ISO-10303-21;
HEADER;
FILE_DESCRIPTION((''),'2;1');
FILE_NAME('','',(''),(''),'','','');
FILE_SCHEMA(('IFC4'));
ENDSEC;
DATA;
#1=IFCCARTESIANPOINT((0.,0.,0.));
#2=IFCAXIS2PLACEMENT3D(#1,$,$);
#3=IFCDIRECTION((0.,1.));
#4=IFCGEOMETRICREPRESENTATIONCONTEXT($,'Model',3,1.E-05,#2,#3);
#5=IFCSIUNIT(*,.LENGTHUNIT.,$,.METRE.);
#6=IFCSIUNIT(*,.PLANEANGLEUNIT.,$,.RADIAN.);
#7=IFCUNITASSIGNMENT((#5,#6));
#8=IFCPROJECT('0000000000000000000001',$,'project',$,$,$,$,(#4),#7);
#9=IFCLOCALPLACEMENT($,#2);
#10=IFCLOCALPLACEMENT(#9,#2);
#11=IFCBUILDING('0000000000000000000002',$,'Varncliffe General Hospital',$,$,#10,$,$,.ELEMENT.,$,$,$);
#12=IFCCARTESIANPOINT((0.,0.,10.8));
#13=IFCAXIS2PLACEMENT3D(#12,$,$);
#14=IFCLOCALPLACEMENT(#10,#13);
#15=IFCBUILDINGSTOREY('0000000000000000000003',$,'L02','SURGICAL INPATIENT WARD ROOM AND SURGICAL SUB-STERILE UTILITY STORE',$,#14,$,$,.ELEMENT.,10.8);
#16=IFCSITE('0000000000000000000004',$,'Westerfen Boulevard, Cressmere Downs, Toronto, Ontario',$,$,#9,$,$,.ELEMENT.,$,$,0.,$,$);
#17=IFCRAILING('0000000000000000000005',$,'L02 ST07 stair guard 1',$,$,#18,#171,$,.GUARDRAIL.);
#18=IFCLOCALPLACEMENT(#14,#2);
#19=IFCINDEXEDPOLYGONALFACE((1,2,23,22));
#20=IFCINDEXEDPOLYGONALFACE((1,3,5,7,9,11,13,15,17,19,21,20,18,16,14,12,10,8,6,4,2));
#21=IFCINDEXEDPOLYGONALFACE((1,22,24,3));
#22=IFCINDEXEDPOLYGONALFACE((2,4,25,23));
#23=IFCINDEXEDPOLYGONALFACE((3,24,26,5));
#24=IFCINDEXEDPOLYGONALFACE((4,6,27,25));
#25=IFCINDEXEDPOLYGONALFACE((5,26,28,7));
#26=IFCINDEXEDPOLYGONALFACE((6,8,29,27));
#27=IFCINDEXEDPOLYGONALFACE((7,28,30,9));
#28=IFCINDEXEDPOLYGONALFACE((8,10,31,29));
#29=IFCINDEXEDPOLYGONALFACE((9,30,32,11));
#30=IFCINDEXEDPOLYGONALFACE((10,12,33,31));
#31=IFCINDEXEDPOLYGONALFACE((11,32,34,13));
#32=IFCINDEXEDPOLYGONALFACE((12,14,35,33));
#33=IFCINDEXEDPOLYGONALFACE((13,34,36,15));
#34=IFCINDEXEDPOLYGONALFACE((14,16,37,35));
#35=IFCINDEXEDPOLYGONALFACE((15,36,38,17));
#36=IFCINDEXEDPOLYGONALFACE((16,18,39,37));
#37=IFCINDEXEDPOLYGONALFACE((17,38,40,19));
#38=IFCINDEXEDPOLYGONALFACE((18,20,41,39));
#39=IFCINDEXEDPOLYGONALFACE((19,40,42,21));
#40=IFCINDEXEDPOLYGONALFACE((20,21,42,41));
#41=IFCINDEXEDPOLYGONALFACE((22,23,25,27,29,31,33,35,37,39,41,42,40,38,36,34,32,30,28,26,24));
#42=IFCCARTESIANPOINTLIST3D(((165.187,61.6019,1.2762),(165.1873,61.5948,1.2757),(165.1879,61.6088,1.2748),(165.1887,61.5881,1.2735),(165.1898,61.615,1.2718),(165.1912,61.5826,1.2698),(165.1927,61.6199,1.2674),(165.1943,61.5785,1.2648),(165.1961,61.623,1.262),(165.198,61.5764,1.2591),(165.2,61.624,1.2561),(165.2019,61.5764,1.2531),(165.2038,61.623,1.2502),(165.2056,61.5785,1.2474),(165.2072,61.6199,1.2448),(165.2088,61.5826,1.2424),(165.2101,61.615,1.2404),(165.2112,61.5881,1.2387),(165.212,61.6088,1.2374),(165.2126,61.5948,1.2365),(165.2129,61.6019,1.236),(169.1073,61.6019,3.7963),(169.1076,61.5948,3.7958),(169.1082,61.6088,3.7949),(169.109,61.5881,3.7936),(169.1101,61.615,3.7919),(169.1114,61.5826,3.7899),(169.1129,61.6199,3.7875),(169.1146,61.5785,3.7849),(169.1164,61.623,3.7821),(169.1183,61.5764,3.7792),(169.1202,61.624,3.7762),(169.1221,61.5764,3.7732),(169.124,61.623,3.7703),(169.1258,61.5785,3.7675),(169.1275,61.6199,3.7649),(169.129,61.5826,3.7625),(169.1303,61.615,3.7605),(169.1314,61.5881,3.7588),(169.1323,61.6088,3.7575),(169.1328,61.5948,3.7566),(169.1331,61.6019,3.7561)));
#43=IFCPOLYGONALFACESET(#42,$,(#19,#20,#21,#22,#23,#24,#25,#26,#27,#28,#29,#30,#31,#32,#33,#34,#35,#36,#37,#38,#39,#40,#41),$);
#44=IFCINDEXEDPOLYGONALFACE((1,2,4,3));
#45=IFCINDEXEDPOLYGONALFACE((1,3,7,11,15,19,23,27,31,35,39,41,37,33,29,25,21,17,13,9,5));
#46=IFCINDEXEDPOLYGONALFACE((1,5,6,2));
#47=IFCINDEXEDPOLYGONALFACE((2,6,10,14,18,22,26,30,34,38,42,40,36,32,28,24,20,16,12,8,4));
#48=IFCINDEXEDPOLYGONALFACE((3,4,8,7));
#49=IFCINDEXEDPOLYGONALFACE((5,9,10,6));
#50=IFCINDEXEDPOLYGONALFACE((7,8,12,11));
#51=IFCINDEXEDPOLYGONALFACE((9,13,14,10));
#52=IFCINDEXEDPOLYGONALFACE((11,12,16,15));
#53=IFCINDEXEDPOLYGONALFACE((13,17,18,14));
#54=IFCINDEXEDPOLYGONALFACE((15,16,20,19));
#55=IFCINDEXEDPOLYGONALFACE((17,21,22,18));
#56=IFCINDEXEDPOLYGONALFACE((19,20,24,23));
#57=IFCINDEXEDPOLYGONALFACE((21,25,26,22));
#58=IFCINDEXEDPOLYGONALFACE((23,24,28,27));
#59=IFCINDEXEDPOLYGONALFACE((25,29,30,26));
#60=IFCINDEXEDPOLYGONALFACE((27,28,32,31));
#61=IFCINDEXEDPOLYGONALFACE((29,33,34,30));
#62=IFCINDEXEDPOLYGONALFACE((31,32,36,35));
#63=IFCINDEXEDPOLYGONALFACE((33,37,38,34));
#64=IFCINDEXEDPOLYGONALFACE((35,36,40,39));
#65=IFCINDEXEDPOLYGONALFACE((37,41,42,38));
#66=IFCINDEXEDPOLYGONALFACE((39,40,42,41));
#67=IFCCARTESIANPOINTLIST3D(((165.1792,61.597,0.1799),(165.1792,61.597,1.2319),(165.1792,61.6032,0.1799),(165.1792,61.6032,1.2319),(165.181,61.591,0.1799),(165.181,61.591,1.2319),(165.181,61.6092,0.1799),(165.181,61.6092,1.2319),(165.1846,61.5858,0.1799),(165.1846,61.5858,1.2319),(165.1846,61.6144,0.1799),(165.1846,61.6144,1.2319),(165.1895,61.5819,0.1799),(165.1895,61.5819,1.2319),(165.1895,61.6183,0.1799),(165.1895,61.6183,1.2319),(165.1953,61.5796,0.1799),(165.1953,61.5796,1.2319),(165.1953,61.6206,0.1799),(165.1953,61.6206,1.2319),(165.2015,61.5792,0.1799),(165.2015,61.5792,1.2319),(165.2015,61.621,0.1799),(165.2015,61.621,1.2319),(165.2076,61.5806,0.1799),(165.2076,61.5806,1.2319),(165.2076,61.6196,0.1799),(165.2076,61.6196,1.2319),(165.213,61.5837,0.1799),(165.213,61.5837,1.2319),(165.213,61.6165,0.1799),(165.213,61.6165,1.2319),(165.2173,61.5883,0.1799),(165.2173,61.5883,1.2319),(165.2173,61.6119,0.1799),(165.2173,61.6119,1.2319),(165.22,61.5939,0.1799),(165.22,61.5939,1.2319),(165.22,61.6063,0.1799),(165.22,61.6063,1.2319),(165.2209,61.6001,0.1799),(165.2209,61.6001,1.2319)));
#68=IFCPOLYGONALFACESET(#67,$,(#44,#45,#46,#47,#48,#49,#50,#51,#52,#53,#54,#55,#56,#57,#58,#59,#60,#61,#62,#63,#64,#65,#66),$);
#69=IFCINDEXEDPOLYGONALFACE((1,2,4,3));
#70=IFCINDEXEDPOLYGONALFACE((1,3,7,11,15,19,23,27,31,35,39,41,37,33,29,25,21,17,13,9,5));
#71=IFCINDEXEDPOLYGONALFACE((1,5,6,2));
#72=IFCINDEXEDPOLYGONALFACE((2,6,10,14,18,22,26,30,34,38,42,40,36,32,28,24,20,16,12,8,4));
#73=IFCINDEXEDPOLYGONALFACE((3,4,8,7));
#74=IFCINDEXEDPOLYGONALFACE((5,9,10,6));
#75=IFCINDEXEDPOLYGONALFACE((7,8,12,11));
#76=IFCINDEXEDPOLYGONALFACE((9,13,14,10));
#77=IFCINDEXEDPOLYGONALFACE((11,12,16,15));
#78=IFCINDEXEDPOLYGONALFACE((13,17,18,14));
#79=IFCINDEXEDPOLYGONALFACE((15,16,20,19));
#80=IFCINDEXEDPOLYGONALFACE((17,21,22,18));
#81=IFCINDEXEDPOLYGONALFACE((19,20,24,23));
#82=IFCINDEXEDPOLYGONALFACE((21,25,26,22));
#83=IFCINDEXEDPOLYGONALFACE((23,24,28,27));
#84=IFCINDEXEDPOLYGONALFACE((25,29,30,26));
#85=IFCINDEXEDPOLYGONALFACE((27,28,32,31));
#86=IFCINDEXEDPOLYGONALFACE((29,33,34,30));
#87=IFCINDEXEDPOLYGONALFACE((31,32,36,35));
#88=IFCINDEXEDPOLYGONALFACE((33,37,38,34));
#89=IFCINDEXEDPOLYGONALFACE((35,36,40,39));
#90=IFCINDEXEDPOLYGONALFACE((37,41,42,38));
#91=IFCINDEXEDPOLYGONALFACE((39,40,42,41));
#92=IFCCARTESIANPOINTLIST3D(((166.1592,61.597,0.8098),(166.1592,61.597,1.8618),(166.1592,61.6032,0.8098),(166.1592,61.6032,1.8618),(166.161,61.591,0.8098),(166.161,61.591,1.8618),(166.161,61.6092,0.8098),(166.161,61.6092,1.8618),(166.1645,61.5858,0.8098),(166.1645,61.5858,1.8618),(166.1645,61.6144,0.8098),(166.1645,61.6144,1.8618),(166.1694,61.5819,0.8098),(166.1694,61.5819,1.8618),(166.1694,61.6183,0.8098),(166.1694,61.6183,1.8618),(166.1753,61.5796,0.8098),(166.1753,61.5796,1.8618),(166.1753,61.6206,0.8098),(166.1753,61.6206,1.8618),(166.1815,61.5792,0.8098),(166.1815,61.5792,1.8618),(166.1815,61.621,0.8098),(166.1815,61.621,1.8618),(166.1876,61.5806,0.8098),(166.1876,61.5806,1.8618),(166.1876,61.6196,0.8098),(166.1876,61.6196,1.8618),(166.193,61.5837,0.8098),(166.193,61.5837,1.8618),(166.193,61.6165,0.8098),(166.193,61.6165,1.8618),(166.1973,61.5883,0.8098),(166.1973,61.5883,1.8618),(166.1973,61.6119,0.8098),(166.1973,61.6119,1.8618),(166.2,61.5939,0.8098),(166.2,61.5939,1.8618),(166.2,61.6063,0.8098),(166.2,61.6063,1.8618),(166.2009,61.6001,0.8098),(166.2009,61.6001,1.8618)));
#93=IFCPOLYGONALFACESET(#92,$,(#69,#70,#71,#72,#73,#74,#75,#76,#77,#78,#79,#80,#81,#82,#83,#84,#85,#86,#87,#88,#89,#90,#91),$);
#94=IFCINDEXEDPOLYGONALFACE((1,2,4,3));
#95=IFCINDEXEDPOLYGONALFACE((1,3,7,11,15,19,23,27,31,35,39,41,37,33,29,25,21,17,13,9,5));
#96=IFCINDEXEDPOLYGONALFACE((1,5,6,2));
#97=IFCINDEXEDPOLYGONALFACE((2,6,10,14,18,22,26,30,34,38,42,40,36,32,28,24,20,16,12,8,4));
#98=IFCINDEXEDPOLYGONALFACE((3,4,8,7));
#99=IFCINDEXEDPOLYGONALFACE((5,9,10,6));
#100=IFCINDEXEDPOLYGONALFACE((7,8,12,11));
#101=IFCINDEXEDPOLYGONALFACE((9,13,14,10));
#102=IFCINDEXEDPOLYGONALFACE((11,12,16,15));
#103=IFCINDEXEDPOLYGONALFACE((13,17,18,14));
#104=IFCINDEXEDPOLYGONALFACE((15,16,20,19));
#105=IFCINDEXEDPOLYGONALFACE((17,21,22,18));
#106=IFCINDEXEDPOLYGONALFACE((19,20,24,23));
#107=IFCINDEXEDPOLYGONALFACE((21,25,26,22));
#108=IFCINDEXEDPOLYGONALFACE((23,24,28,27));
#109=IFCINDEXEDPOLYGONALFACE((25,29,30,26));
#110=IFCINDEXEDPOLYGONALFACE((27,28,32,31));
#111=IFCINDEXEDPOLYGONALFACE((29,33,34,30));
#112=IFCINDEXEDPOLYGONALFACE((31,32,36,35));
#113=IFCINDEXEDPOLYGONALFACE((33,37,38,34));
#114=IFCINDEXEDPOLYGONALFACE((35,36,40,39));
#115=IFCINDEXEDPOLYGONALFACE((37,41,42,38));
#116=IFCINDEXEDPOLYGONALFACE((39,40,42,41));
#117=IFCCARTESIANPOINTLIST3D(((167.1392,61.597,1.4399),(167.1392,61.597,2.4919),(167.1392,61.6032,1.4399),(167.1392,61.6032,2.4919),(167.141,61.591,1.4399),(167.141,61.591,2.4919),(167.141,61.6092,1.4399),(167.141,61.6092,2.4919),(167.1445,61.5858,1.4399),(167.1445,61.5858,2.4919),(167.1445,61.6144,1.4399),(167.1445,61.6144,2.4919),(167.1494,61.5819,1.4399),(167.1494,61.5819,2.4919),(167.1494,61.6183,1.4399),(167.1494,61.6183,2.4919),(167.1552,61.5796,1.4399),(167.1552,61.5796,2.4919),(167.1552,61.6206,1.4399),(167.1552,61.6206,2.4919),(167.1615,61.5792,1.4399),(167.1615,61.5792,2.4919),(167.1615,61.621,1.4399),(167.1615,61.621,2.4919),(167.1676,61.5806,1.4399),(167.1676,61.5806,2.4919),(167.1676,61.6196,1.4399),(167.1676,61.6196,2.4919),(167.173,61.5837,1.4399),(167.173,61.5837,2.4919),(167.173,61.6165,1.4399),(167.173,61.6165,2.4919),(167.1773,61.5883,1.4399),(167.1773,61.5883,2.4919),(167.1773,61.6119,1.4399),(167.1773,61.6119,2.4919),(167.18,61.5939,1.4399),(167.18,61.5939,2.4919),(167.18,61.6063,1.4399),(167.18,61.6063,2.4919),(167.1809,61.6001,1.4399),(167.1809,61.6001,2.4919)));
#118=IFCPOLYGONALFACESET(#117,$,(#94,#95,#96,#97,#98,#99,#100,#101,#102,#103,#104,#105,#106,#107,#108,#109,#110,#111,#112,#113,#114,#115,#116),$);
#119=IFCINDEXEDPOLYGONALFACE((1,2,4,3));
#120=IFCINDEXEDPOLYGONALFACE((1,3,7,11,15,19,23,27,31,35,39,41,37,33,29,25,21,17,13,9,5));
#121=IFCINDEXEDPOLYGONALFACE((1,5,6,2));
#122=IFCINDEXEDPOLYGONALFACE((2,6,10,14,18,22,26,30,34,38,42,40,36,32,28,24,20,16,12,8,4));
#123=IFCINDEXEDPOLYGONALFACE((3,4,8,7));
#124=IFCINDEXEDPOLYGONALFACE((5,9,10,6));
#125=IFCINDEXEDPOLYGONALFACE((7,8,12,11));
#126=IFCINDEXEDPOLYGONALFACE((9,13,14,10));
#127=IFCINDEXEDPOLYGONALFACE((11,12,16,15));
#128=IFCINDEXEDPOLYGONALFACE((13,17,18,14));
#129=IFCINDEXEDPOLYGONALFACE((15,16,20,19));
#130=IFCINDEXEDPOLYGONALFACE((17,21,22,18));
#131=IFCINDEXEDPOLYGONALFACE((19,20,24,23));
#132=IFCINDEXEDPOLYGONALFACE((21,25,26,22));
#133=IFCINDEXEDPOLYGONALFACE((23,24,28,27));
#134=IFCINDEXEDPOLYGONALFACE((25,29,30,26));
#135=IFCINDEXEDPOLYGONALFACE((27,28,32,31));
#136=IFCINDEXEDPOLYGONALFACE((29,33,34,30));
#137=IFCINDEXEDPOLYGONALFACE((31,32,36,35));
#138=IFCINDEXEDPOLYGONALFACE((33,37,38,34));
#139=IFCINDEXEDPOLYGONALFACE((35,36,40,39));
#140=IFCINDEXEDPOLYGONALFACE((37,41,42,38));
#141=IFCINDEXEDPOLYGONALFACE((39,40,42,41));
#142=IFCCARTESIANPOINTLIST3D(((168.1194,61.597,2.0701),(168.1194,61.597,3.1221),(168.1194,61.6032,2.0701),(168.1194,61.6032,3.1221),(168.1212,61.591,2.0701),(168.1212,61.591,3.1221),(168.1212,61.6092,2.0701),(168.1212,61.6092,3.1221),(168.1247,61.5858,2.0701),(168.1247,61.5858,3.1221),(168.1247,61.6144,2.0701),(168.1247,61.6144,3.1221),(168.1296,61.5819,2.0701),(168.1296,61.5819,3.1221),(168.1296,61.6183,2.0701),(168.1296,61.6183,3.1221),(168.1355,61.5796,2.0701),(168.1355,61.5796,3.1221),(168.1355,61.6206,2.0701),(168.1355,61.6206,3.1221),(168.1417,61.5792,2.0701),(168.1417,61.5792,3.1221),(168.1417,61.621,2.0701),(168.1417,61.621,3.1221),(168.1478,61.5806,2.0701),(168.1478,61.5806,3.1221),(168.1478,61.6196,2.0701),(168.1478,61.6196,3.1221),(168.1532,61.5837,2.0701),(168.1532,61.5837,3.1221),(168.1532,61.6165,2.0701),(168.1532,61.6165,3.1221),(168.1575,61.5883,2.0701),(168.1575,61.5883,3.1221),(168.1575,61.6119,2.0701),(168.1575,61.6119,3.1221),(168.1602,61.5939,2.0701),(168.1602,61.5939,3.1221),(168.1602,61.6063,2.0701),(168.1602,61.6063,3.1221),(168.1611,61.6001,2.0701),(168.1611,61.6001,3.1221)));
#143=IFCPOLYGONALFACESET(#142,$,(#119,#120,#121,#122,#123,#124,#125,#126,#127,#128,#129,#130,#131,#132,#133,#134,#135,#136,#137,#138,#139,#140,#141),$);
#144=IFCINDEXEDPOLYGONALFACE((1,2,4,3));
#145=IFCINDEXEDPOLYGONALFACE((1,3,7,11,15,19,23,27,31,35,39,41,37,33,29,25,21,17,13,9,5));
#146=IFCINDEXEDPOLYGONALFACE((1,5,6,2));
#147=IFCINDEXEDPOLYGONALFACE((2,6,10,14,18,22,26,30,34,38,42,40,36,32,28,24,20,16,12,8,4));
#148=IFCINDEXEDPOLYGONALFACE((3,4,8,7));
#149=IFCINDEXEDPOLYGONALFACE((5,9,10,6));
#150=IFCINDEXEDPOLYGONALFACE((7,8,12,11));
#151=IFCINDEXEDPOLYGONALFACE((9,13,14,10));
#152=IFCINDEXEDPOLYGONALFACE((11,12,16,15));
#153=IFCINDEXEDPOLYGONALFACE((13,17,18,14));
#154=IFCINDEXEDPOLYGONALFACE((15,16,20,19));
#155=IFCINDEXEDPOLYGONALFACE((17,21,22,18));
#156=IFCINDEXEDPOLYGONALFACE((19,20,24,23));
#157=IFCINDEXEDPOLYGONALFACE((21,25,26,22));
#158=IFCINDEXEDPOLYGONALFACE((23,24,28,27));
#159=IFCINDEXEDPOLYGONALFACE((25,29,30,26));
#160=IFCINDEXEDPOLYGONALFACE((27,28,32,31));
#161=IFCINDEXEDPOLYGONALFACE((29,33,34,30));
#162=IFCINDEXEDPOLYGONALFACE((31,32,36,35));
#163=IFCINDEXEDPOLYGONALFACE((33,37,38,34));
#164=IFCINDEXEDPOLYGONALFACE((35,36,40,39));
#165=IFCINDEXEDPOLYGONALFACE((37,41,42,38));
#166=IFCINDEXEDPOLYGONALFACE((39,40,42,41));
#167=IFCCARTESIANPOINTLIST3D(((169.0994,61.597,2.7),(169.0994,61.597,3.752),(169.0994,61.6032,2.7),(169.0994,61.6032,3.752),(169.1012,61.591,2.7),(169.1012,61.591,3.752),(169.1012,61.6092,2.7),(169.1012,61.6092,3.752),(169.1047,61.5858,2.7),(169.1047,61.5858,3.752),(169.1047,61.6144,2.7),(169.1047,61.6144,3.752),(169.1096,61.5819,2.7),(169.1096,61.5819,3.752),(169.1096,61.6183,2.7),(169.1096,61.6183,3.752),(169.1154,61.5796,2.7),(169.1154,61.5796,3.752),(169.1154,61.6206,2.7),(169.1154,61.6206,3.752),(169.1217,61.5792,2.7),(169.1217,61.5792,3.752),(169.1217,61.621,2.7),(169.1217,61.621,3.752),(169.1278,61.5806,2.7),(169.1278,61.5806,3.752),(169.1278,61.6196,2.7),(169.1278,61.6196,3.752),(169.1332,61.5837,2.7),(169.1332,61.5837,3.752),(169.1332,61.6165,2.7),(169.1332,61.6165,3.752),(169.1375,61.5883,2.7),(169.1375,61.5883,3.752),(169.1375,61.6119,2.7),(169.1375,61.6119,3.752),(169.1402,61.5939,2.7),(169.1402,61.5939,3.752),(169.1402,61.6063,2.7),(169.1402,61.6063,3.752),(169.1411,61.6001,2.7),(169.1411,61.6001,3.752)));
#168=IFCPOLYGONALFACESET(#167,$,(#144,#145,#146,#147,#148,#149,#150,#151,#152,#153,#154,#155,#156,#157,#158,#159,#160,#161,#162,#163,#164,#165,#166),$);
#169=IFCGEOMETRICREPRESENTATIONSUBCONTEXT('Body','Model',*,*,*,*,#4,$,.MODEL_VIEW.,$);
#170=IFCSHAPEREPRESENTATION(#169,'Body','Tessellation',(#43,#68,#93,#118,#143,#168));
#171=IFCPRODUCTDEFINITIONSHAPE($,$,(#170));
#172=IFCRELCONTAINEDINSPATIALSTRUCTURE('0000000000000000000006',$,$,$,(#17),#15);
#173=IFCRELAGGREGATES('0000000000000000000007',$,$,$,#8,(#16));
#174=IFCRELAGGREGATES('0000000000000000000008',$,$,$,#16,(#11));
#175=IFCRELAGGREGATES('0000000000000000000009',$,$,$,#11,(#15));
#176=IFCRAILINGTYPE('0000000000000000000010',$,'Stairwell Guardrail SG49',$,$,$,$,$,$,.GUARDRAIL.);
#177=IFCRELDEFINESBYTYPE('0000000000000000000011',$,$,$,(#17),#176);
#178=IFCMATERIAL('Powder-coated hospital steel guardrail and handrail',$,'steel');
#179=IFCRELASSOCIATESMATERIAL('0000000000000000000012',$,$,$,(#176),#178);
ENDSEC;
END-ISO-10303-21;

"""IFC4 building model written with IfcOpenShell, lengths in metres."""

from ifc_helpers import new_model, si_unit, direction, frame, origin, origin_2d, place, context, subcontext, project, spatial, circle, extrude, material, type_object, element, save


model = new_model("IFC4")

# Units and contexts
model_context = context("Model", 3, precision=1e-05, world=origin(), true_north=direction((0.0, 1.0)))
body_context = subcontext(model_context, "Body", "Model", "MODEL_VIEW")
ifc_project = project(units=[si_unit("LENGTHUNIT", "METRE"), si_unit("PLANEANGLEUNIT", "RADIAN")], contexts=[model_context])

# Site, building, storey
site_placement = place(None, origin())
site = spatial("IfcSite", under=ifc_project, at=site_placement, Name="Westerfen Boulevard, Cressmere Downs, Toronto, Ontario", CompositionType="ELEMENT", RefElevation=0.0)
building_placement = place(site_placement, origin())
building = spatial("IfcBuilding", under=site, at=building_placement, Name="Varncliffe General Hospital", CompositionType="ELEMENT")
storey_placement = place(building_placement, frame((0.0, 0.0, 10.8)))
storey = spatial("IfcBuildingStorey", under=building, at=storey_placement, Name="L02", Description="SURGICAL INPATIENT WARD ROOM AND SURGICAL SUB-STERILE UTILITY STORE", CompositionType="ELEMENT", Elevation=10.8)

# Railing
ifc_material_1 = material(Name="Powder-coated hospital steel guardrail and handrail", Category="steel")
railing_type_1 = type_object("IfcRailingType", Name="Stairwell Guardrail SG49", PredefinedType="GUARDRAIL", material=ifc_material_1)
railing_1_placement = place(storey_placement, frame((165.2, 61.6001, 0.1799)))
element("IfcRailing", 1, at=railing_1_placement, inside=storey, type_object=railing_type_1, Name="L02 ST07 stair guard 1", PredefinedType="GUARDRAIL", context=body_context, shape_type="SweptSolid", body=[
    extrude(circle(Radius=0.0239, at=origin_2d()), frame((0.0, 0.0, 1.0762), z_axis=(0.841187, 0.0, 0.540744), x_axis=(0.0, 1.0, 0.0)), (0.0, 0.0, 1.0), 4.6604),
    extrude(circle(Radius=0.021, at=origin_2d()), origin(), (0.0, 0.0, 1.0), 1.052),
    extrude(circle(Radius=0.021, at=origin_2d()), frame((0.98, 0.0, 0.6299)), (0.0, 0.0, 1.0), 1.052),
    extrude(circle(Radius=0.021, at=origin_2d()), frame((1.96, 0.0, 1.26)), (0.0, 0.0, 1.0), 1.052),
    extrude(circle(Radius=0.021, at=origin_2d()), frame((2.9402, 0.0, 1.8901)), (0.0, 0.0, 1.0), 1.052),
    extrude(circle(Radius=0.021, at=origin_2d()), frame((3.9202, 0.0, 2.52)), (0.0, 0.0, 1.0), 1.052),
])

save(model, "model.ifc")
